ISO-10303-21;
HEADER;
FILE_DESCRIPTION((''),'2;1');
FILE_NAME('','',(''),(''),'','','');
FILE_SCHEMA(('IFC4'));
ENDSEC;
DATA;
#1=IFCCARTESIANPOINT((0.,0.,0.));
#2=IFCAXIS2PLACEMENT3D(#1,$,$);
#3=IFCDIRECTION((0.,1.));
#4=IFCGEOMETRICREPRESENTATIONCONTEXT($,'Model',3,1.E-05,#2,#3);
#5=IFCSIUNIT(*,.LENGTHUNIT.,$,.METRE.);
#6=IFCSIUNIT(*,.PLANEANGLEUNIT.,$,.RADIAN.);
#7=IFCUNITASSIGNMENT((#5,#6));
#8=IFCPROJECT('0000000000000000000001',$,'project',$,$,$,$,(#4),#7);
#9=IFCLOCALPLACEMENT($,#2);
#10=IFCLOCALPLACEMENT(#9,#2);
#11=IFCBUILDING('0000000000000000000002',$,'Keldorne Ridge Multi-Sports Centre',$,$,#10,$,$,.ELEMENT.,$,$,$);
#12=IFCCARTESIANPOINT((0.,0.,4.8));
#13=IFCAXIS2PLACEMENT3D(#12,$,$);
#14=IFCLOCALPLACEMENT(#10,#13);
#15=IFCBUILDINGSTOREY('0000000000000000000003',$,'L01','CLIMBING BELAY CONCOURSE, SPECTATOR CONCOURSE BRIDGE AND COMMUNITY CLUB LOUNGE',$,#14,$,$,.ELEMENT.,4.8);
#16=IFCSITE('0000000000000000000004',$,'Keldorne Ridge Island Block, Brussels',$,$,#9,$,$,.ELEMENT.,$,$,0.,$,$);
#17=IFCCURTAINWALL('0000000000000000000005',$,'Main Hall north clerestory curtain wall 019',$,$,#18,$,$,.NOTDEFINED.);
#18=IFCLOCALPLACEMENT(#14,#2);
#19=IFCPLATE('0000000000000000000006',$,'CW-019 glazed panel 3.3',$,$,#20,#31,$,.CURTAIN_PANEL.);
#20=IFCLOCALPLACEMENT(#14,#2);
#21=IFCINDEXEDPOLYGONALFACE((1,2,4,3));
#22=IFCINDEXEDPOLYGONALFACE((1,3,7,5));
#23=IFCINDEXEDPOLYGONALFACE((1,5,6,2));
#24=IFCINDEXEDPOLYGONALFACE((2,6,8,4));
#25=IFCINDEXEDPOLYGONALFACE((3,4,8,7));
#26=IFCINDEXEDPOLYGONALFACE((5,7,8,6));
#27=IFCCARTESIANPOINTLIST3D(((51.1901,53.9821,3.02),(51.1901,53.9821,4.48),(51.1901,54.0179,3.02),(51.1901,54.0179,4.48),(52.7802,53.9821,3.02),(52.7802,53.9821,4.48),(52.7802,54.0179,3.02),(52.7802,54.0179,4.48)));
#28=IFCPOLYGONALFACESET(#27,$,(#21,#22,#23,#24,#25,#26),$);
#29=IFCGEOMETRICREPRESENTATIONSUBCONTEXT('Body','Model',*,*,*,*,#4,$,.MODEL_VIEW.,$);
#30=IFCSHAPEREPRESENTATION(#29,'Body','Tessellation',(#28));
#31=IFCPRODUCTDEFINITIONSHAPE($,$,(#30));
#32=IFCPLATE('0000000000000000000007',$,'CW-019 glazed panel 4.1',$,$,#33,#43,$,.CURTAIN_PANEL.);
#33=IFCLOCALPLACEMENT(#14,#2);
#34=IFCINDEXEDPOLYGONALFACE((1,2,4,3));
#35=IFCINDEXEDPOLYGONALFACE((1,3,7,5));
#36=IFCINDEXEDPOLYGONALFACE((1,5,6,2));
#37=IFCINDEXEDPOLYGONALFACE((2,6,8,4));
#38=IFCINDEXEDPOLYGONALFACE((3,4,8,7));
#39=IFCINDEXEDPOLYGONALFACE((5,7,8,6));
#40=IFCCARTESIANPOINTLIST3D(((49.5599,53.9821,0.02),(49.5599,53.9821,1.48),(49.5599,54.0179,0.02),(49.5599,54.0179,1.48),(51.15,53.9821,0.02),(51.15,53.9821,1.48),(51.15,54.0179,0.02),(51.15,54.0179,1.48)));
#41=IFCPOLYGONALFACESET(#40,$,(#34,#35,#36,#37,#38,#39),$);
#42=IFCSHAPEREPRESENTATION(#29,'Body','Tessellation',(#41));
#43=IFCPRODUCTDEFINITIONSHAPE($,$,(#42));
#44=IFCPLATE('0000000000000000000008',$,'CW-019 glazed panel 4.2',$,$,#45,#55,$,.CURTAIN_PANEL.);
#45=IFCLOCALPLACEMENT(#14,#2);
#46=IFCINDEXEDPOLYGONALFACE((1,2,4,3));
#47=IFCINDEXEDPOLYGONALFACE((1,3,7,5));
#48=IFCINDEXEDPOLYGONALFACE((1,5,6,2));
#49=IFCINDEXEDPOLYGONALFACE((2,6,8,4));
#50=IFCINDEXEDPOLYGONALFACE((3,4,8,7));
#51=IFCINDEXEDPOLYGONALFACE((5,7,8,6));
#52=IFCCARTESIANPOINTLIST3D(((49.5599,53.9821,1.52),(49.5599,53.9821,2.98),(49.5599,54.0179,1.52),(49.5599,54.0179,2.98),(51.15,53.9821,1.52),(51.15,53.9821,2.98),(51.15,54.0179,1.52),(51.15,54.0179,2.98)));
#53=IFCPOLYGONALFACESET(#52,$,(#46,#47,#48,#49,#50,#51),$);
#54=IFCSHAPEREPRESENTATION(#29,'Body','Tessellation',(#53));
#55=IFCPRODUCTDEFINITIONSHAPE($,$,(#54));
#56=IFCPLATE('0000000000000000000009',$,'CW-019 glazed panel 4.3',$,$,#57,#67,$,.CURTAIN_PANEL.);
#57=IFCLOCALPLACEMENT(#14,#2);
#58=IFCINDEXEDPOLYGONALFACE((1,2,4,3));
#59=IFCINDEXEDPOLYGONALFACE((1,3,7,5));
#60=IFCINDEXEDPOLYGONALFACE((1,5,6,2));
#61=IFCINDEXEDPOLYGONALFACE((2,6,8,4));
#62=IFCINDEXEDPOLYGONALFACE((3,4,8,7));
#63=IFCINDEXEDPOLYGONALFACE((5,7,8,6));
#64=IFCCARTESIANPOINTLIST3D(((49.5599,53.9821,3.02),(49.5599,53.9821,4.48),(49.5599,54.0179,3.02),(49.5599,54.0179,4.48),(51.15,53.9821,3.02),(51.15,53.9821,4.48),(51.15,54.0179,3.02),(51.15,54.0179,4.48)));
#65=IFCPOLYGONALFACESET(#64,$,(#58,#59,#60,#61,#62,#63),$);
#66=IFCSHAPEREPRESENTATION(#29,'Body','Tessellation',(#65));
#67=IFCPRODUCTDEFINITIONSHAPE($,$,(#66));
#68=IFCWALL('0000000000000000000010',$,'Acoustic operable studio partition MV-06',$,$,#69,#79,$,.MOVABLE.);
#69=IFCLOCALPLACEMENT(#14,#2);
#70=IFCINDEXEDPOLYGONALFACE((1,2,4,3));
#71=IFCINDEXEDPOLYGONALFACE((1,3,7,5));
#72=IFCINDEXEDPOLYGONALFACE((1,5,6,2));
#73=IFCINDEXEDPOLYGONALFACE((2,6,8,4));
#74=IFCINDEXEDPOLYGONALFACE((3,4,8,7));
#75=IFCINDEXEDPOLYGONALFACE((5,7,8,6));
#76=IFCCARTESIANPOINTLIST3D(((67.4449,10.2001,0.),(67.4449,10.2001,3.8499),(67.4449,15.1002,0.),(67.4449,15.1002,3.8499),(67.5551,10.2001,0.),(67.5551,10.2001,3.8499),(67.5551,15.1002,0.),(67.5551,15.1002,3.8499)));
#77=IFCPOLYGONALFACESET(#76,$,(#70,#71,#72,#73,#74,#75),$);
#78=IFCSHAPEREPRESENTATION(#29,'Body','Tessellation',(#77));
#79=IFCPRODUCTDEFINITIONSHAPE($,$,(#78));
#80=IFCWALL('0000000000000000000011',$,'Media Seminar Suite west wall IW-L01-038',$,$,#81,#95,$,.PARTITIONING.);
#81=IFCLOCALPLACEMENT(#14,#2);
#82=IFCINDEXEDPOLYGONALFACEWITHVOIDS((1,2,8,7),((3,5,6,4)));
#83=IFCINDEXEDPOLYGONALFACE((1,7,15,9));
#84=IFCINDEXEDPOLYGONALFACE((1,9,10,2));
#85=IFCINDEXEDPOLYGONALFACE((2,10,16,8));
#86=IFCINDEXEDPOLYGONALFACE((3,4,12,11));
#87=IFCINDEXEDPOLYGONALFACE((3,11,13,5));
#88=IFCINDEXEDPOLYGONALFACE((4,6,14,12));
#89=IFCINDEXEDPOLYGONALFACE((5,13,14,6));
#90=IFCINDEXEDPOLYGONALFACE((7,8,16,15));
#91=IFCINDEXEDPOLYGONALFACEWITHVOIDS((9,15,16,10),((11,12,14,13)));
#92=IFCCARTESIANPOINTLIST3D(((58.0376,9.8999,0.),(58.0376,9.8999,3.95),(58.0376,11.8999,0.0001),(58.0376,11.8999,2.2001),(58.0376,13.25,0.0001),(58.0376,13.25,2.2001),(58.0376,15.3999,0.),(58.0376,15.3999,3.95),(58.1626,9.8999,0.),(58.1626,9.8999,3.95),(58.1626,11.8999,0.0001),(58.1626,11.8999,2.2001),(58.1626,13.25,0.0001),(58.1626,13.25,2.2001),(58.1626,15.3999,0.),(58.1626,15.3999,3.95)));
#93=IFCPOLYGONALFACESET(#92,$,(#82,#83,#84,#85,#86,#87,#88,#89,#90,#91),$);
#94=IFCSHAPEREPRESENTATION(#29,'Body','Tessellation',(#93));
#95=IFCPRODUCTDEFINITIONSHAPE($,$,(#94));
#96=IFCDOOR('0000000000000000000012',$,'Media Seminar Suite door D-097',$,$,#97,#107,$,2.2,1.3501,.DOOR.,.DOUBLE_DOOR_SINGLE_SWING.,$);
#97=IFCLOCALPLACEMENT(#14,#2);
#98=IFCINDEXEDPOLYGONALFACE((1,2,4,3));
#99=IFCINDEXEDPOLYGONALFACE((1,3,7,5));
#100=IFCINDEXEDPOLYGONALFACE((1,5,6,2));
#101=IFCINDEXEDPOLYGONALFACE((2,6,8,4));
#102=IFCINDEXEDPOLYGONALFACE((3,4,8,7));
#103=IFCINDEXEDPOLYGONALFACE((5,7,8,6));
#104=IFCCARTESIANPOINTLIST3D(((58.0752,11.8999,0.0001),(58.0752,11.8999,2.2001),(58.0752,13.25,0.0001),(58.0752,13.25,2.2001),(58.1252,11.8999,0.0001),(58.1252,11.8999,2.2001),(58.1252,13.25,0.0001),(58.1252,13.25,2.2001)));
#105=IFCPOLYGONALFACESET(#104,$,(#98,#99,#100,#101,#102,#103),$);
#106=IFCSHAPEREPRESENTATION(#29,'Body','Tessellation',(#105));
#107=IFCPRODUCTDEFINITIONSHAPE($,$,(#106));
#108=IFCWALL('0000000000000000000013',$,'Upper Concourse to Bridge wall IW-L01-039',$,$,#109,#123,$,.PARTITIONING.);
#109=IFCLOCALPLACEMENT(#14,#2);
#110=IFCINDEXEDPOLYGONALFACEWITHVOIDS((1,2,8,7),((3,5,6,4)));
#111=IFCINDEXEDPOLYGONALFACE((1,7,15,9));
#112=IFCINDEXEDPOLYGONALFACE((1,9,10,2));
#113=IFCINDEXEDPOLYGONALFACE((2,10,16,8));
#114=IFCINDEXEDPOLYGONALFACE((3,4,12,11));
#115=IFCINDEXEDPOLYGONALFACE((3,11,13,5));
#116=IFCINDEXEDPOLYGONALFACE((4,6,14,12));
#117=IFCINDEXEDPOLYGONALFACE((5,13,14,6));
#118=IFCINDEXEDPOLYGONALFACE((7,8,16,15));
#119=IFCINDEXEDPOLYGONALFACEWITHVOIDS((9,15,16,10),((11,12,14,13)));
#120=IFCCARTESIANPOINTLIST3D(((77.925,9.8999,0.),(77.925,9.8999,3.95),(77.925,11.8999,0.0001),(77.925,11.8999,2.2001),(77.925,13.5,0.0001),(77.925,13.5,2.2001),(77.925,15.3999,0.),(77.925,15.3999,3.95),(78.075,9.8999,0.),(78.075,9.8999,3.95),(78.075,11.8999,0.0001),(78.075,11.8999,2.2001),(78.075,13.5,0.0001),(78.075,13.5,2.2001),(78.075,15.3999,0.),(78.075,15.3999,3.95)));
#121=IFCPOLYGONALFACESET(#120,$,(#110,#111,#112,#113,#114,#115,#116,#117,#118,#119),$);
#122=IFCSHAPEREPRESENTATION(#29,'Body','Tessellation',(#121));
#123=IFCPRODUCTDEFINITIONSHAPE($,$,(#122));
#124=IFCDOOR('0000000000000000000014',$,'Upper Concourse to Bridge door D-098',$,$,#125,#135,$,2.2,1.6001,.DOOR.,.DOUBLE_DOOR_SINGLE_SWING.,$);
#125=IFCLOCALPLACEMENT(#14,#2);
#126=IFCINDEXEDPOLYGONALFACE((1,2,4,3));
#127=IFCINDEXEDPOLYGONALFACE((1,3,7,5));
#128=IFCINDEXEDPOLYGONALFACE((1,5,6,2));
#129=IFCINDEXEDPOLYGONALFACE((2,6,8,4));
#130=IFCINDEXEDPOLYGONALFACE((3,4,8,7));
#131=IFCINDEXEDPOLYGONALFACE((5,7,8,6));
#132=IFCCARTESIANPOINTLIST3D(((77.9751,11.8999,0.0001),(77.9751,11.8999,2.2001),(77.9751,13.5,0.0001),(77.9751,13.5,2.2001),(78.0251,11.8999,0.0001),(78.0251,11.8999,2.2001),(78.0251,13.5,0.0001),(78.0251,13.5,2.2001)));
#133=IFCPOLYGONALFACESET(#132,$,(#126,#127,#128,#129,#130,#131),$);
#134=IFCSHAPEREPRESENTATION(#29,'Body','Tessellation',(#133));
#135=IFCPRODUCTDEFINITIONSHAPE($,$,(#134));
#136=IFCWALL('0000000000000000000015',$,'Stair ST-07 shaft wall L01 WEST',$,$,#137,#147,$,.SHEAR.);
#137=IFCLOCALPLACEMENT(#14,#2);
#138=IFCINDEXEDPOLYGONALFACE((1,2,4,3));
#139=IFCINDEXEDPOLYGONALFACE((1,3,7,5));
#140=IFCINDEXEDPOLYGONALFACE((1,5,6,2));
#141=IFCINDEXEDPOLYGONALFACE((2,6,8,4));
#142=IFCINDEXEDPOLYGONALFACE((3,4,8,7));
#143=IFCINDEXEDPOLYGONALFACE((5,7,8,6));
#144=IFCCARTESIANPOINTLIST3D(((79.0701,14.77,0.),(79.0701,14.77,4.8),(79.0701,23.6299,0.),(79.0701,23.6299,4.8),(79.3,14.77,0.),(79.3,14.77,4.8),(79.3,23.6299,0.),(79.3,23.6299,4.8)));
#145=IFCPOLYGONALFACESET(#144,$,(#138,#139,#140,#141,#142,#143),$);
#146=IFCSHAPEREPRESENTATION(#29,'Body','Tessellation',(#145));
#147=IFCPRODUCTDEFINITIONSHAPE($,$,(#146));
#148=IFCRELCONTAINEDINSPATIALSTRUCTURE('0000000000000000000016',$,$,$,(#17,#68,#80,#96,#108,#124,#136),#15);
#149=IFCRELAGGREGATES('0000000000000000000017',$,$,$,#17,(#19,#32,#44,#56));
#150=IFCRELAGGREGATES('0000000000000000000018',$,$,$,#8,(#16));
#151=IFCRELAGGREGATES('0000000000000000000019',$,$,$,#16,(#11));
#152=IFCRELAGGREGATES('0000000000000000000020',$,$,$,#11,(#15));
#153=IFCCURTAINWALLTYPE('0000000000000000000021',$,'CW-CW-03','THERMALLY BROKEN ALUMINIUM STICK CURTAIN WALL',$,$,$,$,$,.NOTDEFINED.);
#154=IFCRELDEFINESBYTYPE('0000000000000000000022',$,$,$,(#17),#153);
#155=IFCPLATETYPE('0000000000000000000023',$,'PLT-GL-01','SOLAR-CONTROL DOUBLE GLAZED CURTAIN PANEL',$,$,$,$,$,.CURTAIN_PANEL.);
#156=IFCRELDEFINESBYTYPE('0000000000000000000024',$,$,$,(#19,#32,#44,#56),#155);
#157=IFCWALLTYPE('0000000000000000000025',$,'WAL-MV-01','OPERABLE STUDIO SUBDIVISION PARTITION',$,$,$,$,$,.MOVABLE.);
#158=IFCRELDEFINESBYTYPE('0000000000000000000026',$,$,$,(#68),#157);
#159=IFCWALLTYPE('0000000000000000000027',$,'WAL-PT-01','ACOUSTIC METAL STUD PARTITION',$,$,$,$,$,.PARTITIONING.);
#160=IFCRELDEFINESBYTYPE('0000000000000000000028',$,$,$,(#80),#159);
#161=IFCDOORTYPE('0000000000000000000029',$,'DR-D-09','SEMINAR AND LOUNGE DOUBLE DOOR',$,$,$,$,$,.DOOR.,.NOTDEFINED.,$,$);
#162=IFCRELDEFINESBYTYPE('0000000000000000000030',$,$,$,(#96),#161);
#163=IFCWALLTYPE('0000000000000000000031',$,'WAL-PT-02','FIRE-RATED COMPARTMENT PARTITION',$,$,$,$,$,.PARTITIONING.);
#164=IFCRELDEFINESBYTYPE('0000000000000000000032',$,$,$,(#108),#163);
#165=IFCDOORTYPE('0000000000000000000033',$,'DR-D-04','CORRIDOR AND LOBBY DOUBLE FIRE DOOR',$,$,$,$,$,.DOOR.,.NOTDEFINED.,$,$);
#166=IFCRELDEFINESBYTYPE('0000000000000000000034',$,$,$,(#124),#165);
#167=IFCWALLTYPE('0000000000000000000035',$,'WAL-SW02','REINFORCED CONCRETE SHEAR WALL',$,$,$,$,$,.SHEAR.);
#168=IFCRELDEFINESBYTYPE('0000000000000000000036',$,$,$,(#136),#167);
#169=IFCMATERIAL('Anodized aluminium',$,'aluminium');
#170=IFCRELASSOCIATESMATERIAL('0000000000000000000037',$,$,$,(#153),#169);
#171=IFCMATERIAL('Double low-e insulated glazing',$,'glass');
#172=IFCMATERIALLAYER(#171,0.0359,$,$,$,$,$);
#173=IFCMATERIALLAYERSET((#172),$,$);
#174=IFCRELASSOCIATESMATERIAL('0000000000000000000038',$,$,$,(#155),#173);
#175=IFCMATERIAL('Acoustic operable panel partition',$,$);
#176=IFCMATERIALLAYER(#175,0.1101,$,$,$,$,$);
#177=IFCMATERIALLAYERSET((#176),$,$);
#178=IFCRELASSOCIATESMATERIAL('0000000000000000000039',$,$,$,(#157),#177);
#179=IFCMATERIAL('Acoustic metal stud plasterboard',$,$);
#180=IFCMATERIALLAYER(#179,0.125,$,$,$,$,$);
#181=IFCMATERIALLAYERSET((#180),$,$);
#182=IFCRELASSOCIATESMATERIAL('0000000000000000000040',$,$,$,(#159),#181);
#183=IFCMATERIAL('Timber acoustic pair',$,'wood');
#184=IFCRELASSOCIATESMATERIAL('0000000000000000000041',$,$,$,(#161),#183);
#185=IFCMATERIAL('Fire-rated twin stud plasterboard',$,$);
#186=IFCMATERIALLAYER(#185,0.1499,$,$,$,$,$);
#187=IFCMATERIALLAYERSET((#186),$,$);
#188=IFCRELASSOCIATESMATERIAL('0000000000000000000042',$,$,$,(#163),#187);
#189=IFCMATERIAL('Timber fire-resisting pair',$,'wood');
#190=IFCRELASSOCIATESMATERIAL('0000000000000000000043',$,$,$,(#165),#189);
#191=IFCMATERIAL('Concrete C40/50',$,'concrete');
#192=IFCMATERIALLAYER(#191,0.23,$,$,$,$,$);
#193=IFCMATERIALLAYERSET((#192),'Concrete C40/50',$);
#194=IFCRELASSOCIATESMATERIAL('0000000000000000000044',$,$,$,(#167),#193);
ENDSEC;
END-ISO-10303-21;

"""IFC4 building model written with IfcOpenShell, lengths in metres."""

from ifc_helpers import new_model, si_unit, direction, frame, frame_2d, origin, origin_2d, place, context, subcontext, project, spatial, rectangle, extrude, material, layer, layer_set, type_object, element, fill, aggregate, save


model = new_model("IFC4")

# Units and contexts
model_context = context("Model", 3, precision=1e-05, world=origin(), true_north=direction((0.0, 1.0)))
body_context = subcontext(model_context, "Body", "Model", "MODEL_VIEW")
ifc_project = project(units=[si_unit("LENGTHUNIT", "METRE"), si_unit("PLANEANGLEUNIT", "RADIAN")], contexts=[model_context])

# Site, building, storey
site_placement = place(None, origin())
site = spatial("IfcSite", under=ifc_project, at=site_placement, Name="Keldorne Ridge Island Block, Brussels", CompositionType="ELEMENT", RefElevation=0.0)
building_placement = place(site_placement, origin())
building = spatial("IfcBuilding", under=site, at=building_placement, Name="Keldorne Ridge Multi-Sports Centre", CompositionType="ELEMENT")
storey_placement = place(building_placement, frame((0.0, 0.0, 4.8)))
storey = spatial("IfcBuildingStorey", under=building, at=storey_placement, Name="L01", Description="CLIMBING BELAY CONCOURSE, SPECTATOR CONCOURSE BRIDGE AND COMMUNITY CLUB LOUNGE", CompositionType="ELEMENT", Elevation=4.8)

# Curtain wall, plates
ifc_material_1 = material(Name="Anodized aluminium", Category="aluminium")
curtain_wall_type = type_object("IfcCurtainWallType", Name="CW-CW-03", Description="THERMALLY BROKEN ALUMINIUM STICK CURTAIN WALL", PredefinedType="NOTDEFINED", material=ifc_material_1)
curtain_wall_placement = place(storey_placement, origin())
curtain_wall = element("IfcCurtainWall", 1, at=curtain_wall_placement, inside=storey, type_object=curtain_wall_type, Name="Main Hall north clerestory curtain wall 019", PredefinedType="NOTDEFINED")
ifc_material_2 = material(Name="Double low-e insulated glazing", Category="glass")
ifc_layer_1 = layer(ifc_material_2, 0.0359)
ifc_layer_set_1 = layer_set([ifc_layer_1])
plate_type = type_object("IfcPlateType", Name="PLT-GL-01", Description="SOLAR-CONTROL DOUBLE GLAZED CURTAIN PANEL", PredefinedType="CURTAIN_PANEL", material=ifc_layer_set_1)
plate_1_placement = place(storey_placement, frame((51.9851, 54.0, 3.02), z_axis=(0.0, 0.0, 1.0), x_axis=(-1.0, 0.0, 0.0)))
plate_1 = element("IfcPlate", 2, at=plate_1_placement, type_object=plate_type, Name="CW-019 glazed panel 3.3", PredefinedType="CURTAIN_PANEL", context=body_context, shape_type="SweptSolid", body=[
    extrude(rectangle(XDim=1.5901, YDim=0.0359, at=origin_2d()), origin(), (0.0, 0.0, 1.0), 1.46),
])
plate_2_placement = place(storey_placement, frame((50.355, 54.0, 0.02), z_axis=(0.0, 0.0, 1.0), x_axis=(-1.0, 0.0, 0.0)))
plate_2 = element("IfcPlate", 3, at=plate_2_placement, type_object=plate_type, Name="CW-019 glazed panel 4.1", PredefinedType="CURTAIN_PANEL", context=body_context, shape_type="SweptSolid", body=[
    extrude(rectangle(XDim=1.5901, YDim=0.0359, at=origin_2d()), origin(), (0.0, 0.0, 1.0), 1.46),
])
plate_3_placement = place(storey_placement, frame((50.355, 54.0, 1.52), z_axis=(0.0, 0.0, 1.0), x_axis=(-1.0, 0.0, 0.0)))
plate_3 = element("IfcPlate", 4, at=plate_3_placement, type_object=plate_type, Name="CW-019 glazed panel 4.2", PredefinedType="CURTAIN_PANEL", context=body_context, shape_type="SweptSolid", body=[
    extrude(rectangle(XDim=1.5901, YDim=0.0359, at=origin_2d()), origin(), (0.0, 0.0, 1.0), 1.46),
])
plate_4_placement = place(storey_placement, frame((50.355, 54.0, 3.02), z_axis=(0.0, 0.0, 1.0), x_axis=(-1.0, 0.0, 0.0)))
plate_4 = element("IfcPlate", 5, at=plate_4_placement, type_object=plate_type, Name="CW-019 glazed panel 4.3", PredefinedType="CURTAIN_PANEL", context=body_context, shape_type="SweptSolid", body=[
    extrude(rectangle(XDim=1.5901, YDim=0.0359, at=origin_2d()), origin(), (0.0, 0.0, 1.0), 1.46),
])
aggregate(curtain_wall, [plate_1, plate_2, plate_3, plate_4])

# Wall
ifc_material_3 = material(Name="Acoustic operable panel partition")
ifc_layer_2 = layer(ifc_material_3, 0.1101)
ifc_layer_set_2 = layer_set([ifc_layer_2])
wall_type_1 = type_object("IfcWallType", Name="WAL-MV-01", Description="OPERABLE STUDIO SUBDIVISION PARTITION", PredefinedType="MOVABLE", material=ifc_layer_set_2)
wall_1_placement = place(storey_placement, frame((67.5, 10.2, 0.0), z_axis=(0.0, 0.0, 1.0), x_axis=(0.0, 1.0, 0.0)))
element("IfcWall", 6, at=wall_1_placement, inside=storey, type_object=wall_type_1, Name="Acoustic operable studio partition MV-06", PredefinedType="MOVABLE", context=body_context, shape_type="SweptSolid", body=[
    extrude(rectangle(XDim=4.9001, YDim=0.1101, at=frame_2d((2.4502, 0.0))), origin(), (0.0, 0.0, 1.0), 3.8499),
])

# Walls, openings, doors
ifc_material_4 = material(Name="Acoustic metal stud plasterboard")
ifc_layer_3 = layer(ifc_material_4, 0.125)
ifc_layer_set_3 = layer_set([ifc_layer_3])
wall_type_2 = type_object("IfcWallType", Name="WAL-PT-01", Description="ACOUSTIC METAL STUD PARTITION", PredefinedType="PARTITIONING", material=ifc_layer_set_3)
wall_2_placement = place(storey_placement, frame((58.1001, 9.8999, 0.0), z_axis=(0.0, 0.0, 1.0), x_axis=(0.0, 1.0, 0.0)))
wall_2 = element("IfcWall", 7, at=wall_2_placement, inside=storey, type_object=wall_type_2, Name="Media Seminar Suite west wall IW-L01-038", PredefinedType="PARTITIONING", context=body_context, shape_type="SweptSolid", body=[
    extrude(rectangle(XDim=5.5, YDim=0.125, at=frame_2d((2.75, 0.0))), origin(), (0.0, 0.0, 1.0), 3.95),
])
opening_1_placement = place(wall_2_placement, frame((2.0, 0.0, 0.0)))
opening_1 = element("IfcOpeningElement", 8, at=opening_1_placement, cuts=wall_2, PredefinedType="OPENING", context=body_context, shape_type="SweptSolid", body=[
    extrude(rectangle(XDim=1.3501, YDim=2.2, at=frame_2d((0.675, 1.1001))), frame((0.0, 0.0725, 0.0), z_axis=(0.0, -1.0, 0.0), x_axis=(1.0, 0.0, 0.0)), (0.0, 0.0, 1.0), 0.145),
])
ifc_material_5 = material(Name="Timber acoustic pair", Category="wood")
door_type_1 = type_object("IfcDoorType", Name="DR-D-09", Description="SEMINAR AND LOUNGE DOUBLE DOOR", OperationType="NOTDEFINED", PredefinedType="DOOR", material=ifc_material_5)
door_1_placement = place(opening_1_placement, origin())
door_1 = element("IfcDoor", 9, at=door_1_placement, inside=storey, type_object=door_type_1, Name="Media Seminar Suite door D-097", OperationType="DOUBLE_DOOR_SINGLE_SWING", OverallHeight=2.2, OverallWidth=1.3501, PredefinedType="DOOR", context=body_context, shape_type="SweptSolid", body=[
    extrude(rectangle(XDim=1.3501, YDim=2.2, at=frame_2d((0.675, 1.1001))), frame((0.0, 0.0249, 0.0), z_axis=(0.0, -1.0, 0.0), x_axis=(1.0, 0.0, 0.0)), (0.0, 0.0, 1.0), 0.05),
])
fill(opening_1, door_1)
ifc_material_6 = material(Name="Fire-rated twin stud plasterboard")
ifc_layer_4 = layer(ifc_material_6, 0.1499)
ifc_layer_set_4 = layer_set([ifc_layer_4])
wall_type_3 = type_object("IfcWallType", Name="WAL-PT-02", Description="FIRE-RATED COMPARTMENT PARTITION", PredefinedType="PARTITIONING", material=ifc_layer_set_4)
wall_3_placement = place(storey_placement, frame((78.0, 9.8999, 0.0), z_axis=(0.0, 0.0, 1.0), x_axis=(0.0, 1.0, 0.0)))
wall_3 = element("IfcWall", 10, at=wall_3_placement, inside=storey, type_object=wall_type_3, Name="Upper Concourse to Bridge wall IW-L01-039", PredefinedType="PARTITIONING", context=body_context, shape_type="SweptSolid", body=[
    extrude(rectangle(XDim=5.5, YDim=0.1499, at=frame_2d((2.75, 0.0))), origin(), (0.0, 0.0, 1.0), 3.95),
])
opening_2_placement = place(wall_3_placement, frame((2.0, 0.0, 0.0)))
opening_2 = element("IfcOpeningElement", 11, at=opening_2_placement, cuts=wall_3, PredefinedType="OPENING", context=body_context, shape_type="SweptSolid", body=[
    extrude(rectangle(XDim=1.6001, YDim=2.2, at=frame_2d((0.8, 1.1001))), frame((0.0, 0.085, 0.0), z_axis=(0.0, -1.0, 0.0), x_axis=(1.0, 0.0, 0.0)), (0.0, 0.0, 1.0), 0.1699),
])
ifc_material_7 = material(Name="Timber fire-resisting pair", Category="wood")
door_type_2 = type_object("IfcDoorType", Name="DR-D-04", Description="CORRIDOR AND LOBBY DOUBLE FIRE DOOR", OperationType="NOTDEFINED", PredefinedType="DOOR", material=ifc_material_7)
door_2_placement = place(opening_2_placement, origin())
door_2 = element("IfcDoor", 12, at=door_2_placement, inside=storey, type_object=door_type_2, Name="Upper Concourse to Bridge door D-098", OperationType="DOUBLE_DOOR_SINGLE_SWING", OverallHeight=2.2, OverallWidth=1.6001, PredefinedType="DOOR", context=body_context, shape_type="SweptSolid", body=[
    extrude(rectangle(XDim=1.6001, YDim=2.2, at=frame_2d((0.8, 1.1001))), frame((0.0, 0.0249, 0.0), z_axis=(0.0, -1.0, 0.0), x_axis=(1.0, 0.0, 0.0)), (0.0, 0.0, 1.0), 0.05),
])
fill(opening_2, door_2)

# Wall
ifc_material_8 = material(Name="Concrete C40/50", Category="concrete")
ifc_layer_5 = layer(ifc_material_8, 0.23)
ifc_layer_set_5 = layer_set([ifc_layer_5], Name="Concrete C40/50")
wall_type_4 = type_object("IfcWallType", Name="WAL-SW02", Description="REINFORCED CONCRETE SHEAR WALL", PredefinedType="SHEAR", material=ifc_layer_set_5)
wall_4_placement = place(storey_placement, frame((79.1851, 14.77, 0.0), z_axis=(0.0, 0.0, 1.0), x_axis=(0.0, 1.0, 0.0)))
element("IfcWall", 13, at=wall_4_placement, inside=storey, type_object=wall_type_4, Name="Stair ST-07 shaft wall L01 WEST", PredefinedType="SHEAR", context=body_context, shape_type="SweptSolid", body=[
    extrude(rectangle(XDim=8.8599, YDim=0.23, at=frame_2d((4.4299, 0.0))), origin(), (0.0, 0.0, 1.0), 4.8),
])

save(model, "model.ifc")
